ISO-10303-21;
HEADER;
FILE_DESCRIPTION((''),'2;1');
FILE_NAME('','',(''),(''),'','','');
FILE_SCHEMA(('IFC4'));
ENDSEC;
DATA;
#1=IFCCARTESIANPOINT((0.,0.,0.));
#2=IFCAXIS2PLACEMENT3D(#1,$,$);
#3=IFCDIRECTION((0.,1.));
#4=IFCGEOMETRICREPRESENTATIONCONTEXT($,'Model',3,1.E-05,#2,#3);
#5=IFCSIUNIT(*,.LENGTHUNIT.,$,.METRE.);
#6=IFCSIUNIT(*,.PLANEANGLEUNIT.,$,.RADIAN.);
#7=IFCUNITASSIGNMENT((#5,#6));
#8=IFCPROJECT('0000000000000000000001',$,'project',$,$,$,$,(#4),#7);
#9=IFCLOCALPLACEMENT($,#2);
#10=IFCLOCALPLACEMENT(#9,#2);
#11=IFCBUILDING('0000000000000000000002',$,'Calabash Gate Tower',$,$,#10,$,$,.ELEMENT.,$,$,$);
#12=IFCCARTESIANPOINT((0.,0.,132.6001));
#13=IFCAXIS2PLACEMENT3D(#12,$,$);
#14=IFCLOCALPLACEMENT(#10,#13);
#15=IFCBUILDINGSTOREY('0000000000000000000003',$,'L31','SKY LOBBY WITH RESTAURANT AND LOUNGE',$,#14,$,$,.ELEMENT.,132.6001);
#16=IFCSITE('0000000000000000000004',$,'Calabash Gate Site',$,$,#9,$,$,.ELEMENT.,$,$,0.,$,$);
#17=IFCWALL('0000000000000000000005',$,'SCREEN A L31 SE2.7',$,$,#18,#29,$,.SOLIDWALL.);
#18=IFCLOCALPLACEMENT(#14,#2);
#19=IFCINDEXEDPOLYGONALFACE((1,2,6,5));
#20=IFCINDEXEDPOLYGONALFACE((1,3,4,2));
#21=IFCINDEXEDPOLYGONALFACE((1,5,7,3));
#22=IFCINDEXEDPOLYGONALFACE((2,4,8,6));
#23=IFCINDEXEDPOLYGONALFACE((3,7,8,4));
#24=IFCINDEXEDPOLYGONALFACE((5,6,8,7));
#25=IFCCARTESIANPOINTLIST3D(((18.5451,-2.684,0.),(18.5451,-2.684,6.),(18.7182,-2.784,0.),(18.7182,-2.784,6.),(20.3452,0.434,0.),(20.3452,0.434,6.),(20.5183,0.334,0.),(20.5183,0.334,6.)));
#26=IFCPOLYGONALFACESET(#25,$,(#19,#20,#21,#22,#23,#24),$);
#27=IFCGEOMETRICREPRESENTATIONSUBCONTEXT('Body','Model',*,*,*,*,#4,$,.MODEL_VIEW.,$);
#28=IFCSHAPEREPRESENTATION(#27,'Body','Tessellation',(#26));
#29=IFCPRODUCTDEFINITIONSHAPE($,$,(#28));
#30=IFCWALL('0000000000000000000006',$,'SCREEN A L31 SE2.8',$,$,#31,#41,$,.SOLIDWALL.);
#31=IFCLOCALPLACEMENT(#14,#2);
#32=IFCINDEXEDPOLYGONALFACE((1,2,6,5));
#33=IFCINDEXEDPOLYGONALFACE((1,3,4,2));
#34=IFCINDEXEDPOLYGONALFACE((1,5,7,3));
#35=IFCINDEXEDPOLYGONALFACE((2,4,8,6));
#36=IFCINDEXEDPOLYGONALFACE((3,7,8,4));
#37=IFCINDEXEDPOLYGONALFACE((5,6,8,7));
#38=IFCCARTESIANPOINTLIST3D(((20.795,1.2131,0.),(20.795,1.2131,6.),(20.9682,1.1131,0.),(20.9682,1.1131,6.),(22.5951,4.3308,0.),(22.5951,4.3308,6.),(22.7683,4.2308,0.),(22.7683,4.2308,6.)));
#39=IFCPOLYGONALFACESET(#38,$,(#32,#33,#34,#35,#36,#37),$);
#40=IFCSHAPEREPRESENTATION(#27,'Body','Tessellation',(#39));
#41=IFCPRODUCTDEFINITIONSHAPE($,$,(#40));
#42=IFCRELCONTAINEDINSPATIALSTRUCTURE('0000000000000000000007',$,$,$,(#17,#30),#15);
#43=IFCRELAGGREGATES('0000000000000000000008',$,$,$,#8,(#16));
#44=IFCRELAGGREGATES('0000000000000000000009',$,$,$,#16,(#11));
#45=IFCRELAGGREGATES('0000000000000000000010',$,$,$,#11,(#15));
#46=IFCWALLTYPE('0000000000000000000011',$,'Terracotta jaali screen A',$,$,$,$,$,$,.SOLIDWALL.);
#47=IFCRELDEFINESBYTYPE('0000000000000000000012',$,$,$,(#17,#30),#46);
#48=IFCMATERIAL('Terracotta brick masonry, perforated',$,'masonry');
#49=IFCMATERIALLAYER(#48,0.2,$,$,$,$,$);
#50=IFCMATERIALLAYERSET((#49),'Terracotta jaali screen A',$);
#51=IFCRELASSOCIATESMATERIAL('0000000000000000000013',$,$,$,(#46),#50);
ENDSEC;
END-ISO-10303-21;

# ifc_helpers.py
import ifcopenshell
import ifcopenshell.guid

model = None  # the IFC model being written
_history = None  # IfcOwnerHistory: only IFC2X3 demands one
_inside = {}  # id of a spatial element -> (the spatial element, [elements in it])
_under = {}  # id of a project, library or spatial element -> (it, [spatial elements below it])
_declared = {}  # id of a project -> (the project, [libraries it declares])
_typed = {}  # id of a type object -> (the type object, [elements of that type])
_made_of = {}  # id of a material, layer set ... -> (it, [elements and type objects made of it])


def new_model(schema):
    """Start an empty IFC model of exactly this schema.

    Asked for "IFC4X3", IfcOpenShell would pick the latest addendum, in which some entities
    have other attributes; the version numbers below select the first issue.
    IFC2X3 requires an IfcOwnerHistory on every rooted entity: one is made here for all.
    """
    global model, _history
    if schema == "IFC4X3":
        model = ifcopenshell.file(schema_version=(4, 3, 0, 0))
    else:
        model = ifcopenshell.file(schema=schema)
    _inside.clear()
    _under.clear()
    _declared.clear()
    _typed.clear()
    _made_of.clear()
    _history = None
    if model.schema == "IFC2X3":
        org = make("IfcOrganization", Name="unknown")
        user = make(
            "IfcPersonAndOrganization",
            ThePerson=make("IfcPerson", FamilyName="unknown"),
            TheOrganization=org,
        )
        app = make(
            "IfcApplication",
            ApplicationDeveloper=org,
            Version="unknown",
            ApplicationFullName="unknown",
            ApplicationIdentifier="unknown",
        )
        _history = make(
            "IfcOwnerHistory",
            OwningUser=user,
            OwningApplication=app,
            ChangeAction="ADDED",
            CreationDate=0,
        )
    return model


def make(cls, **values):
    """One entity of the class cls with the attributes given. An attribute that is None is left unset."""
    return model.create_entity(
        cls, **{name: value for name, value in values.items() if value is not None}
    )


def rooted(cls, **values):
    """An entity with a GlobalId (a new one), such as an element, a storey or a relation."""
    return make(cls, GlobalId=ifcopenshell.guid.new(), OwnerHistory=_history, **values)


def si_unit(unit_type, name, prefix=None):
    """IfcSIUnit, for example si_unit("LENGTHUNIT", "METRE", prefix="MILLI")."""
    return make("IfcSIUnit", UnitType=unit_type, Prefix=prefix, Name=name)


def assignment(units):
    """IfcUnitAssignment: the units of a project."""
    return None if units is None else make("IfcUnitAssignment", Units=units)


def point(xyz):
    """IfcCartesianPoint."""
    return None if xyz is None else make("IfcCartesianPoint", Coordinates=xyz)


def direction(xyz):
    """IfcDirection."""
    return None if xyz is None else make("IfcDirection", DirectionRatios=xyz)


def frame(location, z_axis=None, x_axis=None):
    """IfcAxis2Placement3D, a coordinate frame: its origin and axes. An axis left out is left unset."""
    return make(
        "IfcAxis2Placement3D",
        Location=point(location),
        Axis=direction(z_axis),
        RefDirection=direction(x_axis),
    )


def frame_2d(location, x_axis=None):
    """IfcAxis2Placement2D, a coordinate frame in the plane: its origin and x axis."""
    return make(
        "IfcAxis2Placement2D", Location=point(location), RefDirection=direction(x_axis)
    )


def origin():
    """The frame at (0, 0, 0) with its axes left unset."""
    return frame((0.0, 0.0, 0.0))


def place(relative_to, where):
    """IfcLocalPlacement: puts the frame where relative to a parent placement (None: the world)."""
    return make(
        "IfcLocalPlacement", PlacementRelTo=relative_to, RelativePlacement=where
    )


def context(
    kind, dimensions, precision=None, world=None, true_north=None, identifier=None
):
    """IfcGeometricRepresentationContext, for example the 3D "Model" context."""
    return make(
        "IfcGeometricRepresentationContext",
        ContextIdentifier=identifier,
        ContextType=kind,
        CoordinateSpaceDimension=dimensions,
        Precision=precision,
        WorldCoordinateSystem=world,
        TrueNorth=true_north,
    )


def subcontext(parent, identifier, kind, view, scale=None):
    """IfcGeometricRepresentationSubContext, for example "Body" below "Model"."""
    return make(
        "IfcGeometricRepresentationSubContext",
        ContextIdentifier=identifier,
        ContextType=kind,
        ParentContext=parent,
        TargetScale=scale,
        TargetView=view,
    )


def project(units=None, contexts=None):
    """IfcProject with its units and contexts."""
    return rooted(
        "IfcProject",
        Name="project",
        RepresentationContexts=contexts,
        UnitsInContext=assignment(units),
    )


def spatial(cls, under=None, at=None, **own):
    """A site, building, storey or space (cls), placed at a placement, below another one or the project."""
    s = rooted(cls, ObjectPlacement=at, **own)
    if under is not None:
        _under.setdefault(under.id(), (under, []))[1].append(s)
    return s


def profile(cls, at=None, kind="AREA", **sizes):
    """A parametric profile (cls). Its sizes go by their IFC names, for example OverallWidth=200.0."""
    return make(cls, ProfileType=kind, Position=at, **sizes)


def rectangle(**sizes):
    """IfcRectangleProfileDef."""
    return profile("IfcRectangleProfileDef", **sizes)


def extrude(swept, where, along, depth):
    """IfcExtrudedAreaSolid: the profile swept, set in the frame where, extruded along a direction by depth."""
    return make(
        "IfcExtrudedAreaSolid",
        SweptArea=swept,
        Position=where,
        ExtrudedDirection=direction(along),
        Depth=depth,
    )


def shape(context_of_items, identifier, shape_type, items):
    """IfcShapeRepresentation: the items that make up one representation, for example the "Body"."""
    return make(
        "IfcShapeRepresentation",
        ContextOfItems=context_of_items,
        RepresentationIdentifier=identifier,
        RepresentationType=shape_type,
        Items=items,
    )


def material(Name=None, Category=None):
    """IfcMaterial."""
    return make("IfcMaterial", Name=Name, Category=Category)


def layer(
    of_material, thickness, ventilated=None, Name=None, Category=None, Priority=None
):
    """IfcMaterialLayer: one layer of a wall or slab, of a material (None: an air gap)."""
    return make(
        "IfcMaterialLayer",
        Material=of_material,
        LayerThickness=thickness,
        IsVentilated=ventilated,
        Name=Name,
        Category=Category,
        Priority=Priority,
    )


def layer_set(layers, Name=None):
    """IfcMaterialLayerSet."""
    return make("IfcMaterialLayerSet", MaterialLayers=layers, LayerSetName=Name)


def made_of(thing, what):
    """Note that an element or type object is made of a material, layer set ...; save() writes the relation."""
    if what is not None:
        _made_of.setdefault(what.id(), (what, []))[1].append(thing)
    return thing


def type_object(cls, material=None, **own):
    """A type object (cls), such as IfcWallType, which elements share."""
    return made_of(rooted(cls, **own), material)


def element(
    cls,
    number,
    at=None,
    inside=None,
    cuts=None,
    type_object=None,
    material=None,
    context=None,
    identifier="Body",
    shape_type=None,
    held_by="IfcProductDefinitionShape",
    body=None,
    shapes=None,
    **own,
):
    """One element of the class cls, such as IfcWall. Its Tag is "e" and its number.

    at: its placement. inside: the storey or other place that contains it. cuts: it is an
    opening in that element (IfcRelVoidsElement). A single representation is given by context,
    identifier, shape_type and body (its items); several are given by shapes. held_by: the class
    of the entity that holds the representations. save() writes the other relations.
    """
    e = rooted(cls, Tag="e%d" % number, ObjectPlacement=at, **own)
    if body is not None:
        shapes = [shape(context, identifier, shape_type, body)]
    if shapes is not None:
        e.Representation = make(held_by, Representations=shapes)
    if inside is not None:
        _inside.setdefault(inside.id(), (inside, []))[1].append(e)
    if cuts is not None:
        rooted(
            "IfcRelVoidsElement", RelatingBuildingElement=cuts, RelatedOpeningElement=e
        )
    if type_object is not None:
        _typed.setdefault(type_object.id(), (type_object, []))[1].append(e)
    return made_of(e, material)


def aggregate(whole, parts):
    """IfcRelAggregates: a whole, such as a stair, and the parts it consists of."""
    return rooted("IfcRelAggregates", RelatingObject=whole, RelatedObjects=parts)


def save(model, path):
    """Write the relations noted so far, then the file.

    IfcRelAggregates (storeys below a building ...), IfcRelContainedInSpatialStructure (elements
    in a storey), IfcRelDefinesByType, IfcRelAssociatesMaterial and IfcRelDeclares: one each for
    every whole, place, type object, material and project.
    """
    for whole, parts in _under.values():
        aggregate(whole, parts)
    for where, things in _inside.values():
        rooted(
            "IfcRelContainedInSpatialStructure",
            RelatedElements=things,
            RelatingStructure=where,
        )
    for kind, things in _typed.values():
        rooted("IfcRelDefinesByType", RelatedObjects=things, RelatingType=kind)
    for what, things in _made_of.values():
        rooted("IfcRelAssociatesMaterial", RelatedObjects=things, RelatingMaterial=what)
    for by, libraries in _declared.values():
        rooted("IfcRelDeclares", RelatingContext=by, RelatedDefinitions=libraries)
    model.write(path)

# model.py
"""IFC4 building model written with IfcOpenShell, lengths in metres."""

from ifc_helpers import new_model, si_unit, direction, frame, frame_2d, origin, place, context, subcontext, project, spatial, rectangle, extrude, material, layer, layer_set, type_object, element, save


model = new_model("IFC4")

# Units and contexts
model_context = context("Model", 3, precision=1e-05, world=origin(), true_north=direction((0.0, 1.0)))
body_context = subcontext(model_context, "Body", "Model", "MODEL_VIEW")
ifc_project = project(units=[si_unit("LENGTHUNIT", "METRE"), si_unit("PLANEANGLEUNIT", "RADIAN")], contexts=[model_context])

# Site, building, storey
site_placement = place(None, origin())
site = spatial("IfcSite", under=ifc_project, at=site_placement, Name="Calabash Gate Site", CompositionType="ELEMENT", RefElevation=0.0)
building_placement = place(site_placement, origin())
building = spatial("IfcBuilding", under=site, at=building_placement, Name="Calabash Gate Tower", CompositionType="ELEMENT")
storey_placement = place(building_placement, frame((0.0, 0.0, 132.6001)))
storey = spatial("IfcBuildingStorey", under=building, at=storey_placement, Name="L31", Description="SKY LOBBY WITH RESTAURANT AND LOUNGE", CompositionType="ELEMENT", Elevation=132.6001)

# Walls
ifc_material_1 = material(Name="Terracotta brick masonry, perforated", Category="masonry")
ifc_layer_1 = layer(ifc_material_1, 0.2)
ifc_layer_set_1 = layer_set([ifc_layer_1], Name="Terracotta jaali screen A")
wall_type_1 = type_object("IfcWallType", Name="Terracotta jaali screen A", PredefinedType="SOLIDWALL", material=ifc_layer_set_1)
wall_1_placement = place(storey_placement, frame((18.6316, -2.7341, 0.0), z_axis=(0.0, 0.0, 1.0), x_axis=(0.499983, 0.866035, 0.0)))
element("IfcWall", 1, at=wall_1_placement, inside=storey, type_object=wall_type_1, Name="SCREEN A L31 SE2.7", PredefinedType="SOLIDWALL", context=body_context, shape_type="SweptSolid", body=[
    extrude(rectangle(XDim=3.6003, YDim=0.2, at=frame_2d((1.8003, 0.0))), origin(), (0.0, 0.0, 1.0), 6.0),
])
wall_2_placement = place(storey_placement, frame((20.8816, 1.1631, 0.0), z_axis=(0.0, 0.0, 1.0), x_axis=(0.500012, 0.866018, 0.0)))
element("IfcWall", 2, at=wall_2_placement, inside=storey, type_object=wall_type_1, Name="SCREEN A L31 SE2.8", PredefinedType="SOLIDWALL", context=body_context, shape_type="SweptSolid", body=[
    extrude(rectangle(XDim=3.6001, YDim=0.2, at=frame_2d((1.8, 0.0))), origin(), (0.0, 0.0, 1.0), 6.0),
])

save(model, "model.ifc")
